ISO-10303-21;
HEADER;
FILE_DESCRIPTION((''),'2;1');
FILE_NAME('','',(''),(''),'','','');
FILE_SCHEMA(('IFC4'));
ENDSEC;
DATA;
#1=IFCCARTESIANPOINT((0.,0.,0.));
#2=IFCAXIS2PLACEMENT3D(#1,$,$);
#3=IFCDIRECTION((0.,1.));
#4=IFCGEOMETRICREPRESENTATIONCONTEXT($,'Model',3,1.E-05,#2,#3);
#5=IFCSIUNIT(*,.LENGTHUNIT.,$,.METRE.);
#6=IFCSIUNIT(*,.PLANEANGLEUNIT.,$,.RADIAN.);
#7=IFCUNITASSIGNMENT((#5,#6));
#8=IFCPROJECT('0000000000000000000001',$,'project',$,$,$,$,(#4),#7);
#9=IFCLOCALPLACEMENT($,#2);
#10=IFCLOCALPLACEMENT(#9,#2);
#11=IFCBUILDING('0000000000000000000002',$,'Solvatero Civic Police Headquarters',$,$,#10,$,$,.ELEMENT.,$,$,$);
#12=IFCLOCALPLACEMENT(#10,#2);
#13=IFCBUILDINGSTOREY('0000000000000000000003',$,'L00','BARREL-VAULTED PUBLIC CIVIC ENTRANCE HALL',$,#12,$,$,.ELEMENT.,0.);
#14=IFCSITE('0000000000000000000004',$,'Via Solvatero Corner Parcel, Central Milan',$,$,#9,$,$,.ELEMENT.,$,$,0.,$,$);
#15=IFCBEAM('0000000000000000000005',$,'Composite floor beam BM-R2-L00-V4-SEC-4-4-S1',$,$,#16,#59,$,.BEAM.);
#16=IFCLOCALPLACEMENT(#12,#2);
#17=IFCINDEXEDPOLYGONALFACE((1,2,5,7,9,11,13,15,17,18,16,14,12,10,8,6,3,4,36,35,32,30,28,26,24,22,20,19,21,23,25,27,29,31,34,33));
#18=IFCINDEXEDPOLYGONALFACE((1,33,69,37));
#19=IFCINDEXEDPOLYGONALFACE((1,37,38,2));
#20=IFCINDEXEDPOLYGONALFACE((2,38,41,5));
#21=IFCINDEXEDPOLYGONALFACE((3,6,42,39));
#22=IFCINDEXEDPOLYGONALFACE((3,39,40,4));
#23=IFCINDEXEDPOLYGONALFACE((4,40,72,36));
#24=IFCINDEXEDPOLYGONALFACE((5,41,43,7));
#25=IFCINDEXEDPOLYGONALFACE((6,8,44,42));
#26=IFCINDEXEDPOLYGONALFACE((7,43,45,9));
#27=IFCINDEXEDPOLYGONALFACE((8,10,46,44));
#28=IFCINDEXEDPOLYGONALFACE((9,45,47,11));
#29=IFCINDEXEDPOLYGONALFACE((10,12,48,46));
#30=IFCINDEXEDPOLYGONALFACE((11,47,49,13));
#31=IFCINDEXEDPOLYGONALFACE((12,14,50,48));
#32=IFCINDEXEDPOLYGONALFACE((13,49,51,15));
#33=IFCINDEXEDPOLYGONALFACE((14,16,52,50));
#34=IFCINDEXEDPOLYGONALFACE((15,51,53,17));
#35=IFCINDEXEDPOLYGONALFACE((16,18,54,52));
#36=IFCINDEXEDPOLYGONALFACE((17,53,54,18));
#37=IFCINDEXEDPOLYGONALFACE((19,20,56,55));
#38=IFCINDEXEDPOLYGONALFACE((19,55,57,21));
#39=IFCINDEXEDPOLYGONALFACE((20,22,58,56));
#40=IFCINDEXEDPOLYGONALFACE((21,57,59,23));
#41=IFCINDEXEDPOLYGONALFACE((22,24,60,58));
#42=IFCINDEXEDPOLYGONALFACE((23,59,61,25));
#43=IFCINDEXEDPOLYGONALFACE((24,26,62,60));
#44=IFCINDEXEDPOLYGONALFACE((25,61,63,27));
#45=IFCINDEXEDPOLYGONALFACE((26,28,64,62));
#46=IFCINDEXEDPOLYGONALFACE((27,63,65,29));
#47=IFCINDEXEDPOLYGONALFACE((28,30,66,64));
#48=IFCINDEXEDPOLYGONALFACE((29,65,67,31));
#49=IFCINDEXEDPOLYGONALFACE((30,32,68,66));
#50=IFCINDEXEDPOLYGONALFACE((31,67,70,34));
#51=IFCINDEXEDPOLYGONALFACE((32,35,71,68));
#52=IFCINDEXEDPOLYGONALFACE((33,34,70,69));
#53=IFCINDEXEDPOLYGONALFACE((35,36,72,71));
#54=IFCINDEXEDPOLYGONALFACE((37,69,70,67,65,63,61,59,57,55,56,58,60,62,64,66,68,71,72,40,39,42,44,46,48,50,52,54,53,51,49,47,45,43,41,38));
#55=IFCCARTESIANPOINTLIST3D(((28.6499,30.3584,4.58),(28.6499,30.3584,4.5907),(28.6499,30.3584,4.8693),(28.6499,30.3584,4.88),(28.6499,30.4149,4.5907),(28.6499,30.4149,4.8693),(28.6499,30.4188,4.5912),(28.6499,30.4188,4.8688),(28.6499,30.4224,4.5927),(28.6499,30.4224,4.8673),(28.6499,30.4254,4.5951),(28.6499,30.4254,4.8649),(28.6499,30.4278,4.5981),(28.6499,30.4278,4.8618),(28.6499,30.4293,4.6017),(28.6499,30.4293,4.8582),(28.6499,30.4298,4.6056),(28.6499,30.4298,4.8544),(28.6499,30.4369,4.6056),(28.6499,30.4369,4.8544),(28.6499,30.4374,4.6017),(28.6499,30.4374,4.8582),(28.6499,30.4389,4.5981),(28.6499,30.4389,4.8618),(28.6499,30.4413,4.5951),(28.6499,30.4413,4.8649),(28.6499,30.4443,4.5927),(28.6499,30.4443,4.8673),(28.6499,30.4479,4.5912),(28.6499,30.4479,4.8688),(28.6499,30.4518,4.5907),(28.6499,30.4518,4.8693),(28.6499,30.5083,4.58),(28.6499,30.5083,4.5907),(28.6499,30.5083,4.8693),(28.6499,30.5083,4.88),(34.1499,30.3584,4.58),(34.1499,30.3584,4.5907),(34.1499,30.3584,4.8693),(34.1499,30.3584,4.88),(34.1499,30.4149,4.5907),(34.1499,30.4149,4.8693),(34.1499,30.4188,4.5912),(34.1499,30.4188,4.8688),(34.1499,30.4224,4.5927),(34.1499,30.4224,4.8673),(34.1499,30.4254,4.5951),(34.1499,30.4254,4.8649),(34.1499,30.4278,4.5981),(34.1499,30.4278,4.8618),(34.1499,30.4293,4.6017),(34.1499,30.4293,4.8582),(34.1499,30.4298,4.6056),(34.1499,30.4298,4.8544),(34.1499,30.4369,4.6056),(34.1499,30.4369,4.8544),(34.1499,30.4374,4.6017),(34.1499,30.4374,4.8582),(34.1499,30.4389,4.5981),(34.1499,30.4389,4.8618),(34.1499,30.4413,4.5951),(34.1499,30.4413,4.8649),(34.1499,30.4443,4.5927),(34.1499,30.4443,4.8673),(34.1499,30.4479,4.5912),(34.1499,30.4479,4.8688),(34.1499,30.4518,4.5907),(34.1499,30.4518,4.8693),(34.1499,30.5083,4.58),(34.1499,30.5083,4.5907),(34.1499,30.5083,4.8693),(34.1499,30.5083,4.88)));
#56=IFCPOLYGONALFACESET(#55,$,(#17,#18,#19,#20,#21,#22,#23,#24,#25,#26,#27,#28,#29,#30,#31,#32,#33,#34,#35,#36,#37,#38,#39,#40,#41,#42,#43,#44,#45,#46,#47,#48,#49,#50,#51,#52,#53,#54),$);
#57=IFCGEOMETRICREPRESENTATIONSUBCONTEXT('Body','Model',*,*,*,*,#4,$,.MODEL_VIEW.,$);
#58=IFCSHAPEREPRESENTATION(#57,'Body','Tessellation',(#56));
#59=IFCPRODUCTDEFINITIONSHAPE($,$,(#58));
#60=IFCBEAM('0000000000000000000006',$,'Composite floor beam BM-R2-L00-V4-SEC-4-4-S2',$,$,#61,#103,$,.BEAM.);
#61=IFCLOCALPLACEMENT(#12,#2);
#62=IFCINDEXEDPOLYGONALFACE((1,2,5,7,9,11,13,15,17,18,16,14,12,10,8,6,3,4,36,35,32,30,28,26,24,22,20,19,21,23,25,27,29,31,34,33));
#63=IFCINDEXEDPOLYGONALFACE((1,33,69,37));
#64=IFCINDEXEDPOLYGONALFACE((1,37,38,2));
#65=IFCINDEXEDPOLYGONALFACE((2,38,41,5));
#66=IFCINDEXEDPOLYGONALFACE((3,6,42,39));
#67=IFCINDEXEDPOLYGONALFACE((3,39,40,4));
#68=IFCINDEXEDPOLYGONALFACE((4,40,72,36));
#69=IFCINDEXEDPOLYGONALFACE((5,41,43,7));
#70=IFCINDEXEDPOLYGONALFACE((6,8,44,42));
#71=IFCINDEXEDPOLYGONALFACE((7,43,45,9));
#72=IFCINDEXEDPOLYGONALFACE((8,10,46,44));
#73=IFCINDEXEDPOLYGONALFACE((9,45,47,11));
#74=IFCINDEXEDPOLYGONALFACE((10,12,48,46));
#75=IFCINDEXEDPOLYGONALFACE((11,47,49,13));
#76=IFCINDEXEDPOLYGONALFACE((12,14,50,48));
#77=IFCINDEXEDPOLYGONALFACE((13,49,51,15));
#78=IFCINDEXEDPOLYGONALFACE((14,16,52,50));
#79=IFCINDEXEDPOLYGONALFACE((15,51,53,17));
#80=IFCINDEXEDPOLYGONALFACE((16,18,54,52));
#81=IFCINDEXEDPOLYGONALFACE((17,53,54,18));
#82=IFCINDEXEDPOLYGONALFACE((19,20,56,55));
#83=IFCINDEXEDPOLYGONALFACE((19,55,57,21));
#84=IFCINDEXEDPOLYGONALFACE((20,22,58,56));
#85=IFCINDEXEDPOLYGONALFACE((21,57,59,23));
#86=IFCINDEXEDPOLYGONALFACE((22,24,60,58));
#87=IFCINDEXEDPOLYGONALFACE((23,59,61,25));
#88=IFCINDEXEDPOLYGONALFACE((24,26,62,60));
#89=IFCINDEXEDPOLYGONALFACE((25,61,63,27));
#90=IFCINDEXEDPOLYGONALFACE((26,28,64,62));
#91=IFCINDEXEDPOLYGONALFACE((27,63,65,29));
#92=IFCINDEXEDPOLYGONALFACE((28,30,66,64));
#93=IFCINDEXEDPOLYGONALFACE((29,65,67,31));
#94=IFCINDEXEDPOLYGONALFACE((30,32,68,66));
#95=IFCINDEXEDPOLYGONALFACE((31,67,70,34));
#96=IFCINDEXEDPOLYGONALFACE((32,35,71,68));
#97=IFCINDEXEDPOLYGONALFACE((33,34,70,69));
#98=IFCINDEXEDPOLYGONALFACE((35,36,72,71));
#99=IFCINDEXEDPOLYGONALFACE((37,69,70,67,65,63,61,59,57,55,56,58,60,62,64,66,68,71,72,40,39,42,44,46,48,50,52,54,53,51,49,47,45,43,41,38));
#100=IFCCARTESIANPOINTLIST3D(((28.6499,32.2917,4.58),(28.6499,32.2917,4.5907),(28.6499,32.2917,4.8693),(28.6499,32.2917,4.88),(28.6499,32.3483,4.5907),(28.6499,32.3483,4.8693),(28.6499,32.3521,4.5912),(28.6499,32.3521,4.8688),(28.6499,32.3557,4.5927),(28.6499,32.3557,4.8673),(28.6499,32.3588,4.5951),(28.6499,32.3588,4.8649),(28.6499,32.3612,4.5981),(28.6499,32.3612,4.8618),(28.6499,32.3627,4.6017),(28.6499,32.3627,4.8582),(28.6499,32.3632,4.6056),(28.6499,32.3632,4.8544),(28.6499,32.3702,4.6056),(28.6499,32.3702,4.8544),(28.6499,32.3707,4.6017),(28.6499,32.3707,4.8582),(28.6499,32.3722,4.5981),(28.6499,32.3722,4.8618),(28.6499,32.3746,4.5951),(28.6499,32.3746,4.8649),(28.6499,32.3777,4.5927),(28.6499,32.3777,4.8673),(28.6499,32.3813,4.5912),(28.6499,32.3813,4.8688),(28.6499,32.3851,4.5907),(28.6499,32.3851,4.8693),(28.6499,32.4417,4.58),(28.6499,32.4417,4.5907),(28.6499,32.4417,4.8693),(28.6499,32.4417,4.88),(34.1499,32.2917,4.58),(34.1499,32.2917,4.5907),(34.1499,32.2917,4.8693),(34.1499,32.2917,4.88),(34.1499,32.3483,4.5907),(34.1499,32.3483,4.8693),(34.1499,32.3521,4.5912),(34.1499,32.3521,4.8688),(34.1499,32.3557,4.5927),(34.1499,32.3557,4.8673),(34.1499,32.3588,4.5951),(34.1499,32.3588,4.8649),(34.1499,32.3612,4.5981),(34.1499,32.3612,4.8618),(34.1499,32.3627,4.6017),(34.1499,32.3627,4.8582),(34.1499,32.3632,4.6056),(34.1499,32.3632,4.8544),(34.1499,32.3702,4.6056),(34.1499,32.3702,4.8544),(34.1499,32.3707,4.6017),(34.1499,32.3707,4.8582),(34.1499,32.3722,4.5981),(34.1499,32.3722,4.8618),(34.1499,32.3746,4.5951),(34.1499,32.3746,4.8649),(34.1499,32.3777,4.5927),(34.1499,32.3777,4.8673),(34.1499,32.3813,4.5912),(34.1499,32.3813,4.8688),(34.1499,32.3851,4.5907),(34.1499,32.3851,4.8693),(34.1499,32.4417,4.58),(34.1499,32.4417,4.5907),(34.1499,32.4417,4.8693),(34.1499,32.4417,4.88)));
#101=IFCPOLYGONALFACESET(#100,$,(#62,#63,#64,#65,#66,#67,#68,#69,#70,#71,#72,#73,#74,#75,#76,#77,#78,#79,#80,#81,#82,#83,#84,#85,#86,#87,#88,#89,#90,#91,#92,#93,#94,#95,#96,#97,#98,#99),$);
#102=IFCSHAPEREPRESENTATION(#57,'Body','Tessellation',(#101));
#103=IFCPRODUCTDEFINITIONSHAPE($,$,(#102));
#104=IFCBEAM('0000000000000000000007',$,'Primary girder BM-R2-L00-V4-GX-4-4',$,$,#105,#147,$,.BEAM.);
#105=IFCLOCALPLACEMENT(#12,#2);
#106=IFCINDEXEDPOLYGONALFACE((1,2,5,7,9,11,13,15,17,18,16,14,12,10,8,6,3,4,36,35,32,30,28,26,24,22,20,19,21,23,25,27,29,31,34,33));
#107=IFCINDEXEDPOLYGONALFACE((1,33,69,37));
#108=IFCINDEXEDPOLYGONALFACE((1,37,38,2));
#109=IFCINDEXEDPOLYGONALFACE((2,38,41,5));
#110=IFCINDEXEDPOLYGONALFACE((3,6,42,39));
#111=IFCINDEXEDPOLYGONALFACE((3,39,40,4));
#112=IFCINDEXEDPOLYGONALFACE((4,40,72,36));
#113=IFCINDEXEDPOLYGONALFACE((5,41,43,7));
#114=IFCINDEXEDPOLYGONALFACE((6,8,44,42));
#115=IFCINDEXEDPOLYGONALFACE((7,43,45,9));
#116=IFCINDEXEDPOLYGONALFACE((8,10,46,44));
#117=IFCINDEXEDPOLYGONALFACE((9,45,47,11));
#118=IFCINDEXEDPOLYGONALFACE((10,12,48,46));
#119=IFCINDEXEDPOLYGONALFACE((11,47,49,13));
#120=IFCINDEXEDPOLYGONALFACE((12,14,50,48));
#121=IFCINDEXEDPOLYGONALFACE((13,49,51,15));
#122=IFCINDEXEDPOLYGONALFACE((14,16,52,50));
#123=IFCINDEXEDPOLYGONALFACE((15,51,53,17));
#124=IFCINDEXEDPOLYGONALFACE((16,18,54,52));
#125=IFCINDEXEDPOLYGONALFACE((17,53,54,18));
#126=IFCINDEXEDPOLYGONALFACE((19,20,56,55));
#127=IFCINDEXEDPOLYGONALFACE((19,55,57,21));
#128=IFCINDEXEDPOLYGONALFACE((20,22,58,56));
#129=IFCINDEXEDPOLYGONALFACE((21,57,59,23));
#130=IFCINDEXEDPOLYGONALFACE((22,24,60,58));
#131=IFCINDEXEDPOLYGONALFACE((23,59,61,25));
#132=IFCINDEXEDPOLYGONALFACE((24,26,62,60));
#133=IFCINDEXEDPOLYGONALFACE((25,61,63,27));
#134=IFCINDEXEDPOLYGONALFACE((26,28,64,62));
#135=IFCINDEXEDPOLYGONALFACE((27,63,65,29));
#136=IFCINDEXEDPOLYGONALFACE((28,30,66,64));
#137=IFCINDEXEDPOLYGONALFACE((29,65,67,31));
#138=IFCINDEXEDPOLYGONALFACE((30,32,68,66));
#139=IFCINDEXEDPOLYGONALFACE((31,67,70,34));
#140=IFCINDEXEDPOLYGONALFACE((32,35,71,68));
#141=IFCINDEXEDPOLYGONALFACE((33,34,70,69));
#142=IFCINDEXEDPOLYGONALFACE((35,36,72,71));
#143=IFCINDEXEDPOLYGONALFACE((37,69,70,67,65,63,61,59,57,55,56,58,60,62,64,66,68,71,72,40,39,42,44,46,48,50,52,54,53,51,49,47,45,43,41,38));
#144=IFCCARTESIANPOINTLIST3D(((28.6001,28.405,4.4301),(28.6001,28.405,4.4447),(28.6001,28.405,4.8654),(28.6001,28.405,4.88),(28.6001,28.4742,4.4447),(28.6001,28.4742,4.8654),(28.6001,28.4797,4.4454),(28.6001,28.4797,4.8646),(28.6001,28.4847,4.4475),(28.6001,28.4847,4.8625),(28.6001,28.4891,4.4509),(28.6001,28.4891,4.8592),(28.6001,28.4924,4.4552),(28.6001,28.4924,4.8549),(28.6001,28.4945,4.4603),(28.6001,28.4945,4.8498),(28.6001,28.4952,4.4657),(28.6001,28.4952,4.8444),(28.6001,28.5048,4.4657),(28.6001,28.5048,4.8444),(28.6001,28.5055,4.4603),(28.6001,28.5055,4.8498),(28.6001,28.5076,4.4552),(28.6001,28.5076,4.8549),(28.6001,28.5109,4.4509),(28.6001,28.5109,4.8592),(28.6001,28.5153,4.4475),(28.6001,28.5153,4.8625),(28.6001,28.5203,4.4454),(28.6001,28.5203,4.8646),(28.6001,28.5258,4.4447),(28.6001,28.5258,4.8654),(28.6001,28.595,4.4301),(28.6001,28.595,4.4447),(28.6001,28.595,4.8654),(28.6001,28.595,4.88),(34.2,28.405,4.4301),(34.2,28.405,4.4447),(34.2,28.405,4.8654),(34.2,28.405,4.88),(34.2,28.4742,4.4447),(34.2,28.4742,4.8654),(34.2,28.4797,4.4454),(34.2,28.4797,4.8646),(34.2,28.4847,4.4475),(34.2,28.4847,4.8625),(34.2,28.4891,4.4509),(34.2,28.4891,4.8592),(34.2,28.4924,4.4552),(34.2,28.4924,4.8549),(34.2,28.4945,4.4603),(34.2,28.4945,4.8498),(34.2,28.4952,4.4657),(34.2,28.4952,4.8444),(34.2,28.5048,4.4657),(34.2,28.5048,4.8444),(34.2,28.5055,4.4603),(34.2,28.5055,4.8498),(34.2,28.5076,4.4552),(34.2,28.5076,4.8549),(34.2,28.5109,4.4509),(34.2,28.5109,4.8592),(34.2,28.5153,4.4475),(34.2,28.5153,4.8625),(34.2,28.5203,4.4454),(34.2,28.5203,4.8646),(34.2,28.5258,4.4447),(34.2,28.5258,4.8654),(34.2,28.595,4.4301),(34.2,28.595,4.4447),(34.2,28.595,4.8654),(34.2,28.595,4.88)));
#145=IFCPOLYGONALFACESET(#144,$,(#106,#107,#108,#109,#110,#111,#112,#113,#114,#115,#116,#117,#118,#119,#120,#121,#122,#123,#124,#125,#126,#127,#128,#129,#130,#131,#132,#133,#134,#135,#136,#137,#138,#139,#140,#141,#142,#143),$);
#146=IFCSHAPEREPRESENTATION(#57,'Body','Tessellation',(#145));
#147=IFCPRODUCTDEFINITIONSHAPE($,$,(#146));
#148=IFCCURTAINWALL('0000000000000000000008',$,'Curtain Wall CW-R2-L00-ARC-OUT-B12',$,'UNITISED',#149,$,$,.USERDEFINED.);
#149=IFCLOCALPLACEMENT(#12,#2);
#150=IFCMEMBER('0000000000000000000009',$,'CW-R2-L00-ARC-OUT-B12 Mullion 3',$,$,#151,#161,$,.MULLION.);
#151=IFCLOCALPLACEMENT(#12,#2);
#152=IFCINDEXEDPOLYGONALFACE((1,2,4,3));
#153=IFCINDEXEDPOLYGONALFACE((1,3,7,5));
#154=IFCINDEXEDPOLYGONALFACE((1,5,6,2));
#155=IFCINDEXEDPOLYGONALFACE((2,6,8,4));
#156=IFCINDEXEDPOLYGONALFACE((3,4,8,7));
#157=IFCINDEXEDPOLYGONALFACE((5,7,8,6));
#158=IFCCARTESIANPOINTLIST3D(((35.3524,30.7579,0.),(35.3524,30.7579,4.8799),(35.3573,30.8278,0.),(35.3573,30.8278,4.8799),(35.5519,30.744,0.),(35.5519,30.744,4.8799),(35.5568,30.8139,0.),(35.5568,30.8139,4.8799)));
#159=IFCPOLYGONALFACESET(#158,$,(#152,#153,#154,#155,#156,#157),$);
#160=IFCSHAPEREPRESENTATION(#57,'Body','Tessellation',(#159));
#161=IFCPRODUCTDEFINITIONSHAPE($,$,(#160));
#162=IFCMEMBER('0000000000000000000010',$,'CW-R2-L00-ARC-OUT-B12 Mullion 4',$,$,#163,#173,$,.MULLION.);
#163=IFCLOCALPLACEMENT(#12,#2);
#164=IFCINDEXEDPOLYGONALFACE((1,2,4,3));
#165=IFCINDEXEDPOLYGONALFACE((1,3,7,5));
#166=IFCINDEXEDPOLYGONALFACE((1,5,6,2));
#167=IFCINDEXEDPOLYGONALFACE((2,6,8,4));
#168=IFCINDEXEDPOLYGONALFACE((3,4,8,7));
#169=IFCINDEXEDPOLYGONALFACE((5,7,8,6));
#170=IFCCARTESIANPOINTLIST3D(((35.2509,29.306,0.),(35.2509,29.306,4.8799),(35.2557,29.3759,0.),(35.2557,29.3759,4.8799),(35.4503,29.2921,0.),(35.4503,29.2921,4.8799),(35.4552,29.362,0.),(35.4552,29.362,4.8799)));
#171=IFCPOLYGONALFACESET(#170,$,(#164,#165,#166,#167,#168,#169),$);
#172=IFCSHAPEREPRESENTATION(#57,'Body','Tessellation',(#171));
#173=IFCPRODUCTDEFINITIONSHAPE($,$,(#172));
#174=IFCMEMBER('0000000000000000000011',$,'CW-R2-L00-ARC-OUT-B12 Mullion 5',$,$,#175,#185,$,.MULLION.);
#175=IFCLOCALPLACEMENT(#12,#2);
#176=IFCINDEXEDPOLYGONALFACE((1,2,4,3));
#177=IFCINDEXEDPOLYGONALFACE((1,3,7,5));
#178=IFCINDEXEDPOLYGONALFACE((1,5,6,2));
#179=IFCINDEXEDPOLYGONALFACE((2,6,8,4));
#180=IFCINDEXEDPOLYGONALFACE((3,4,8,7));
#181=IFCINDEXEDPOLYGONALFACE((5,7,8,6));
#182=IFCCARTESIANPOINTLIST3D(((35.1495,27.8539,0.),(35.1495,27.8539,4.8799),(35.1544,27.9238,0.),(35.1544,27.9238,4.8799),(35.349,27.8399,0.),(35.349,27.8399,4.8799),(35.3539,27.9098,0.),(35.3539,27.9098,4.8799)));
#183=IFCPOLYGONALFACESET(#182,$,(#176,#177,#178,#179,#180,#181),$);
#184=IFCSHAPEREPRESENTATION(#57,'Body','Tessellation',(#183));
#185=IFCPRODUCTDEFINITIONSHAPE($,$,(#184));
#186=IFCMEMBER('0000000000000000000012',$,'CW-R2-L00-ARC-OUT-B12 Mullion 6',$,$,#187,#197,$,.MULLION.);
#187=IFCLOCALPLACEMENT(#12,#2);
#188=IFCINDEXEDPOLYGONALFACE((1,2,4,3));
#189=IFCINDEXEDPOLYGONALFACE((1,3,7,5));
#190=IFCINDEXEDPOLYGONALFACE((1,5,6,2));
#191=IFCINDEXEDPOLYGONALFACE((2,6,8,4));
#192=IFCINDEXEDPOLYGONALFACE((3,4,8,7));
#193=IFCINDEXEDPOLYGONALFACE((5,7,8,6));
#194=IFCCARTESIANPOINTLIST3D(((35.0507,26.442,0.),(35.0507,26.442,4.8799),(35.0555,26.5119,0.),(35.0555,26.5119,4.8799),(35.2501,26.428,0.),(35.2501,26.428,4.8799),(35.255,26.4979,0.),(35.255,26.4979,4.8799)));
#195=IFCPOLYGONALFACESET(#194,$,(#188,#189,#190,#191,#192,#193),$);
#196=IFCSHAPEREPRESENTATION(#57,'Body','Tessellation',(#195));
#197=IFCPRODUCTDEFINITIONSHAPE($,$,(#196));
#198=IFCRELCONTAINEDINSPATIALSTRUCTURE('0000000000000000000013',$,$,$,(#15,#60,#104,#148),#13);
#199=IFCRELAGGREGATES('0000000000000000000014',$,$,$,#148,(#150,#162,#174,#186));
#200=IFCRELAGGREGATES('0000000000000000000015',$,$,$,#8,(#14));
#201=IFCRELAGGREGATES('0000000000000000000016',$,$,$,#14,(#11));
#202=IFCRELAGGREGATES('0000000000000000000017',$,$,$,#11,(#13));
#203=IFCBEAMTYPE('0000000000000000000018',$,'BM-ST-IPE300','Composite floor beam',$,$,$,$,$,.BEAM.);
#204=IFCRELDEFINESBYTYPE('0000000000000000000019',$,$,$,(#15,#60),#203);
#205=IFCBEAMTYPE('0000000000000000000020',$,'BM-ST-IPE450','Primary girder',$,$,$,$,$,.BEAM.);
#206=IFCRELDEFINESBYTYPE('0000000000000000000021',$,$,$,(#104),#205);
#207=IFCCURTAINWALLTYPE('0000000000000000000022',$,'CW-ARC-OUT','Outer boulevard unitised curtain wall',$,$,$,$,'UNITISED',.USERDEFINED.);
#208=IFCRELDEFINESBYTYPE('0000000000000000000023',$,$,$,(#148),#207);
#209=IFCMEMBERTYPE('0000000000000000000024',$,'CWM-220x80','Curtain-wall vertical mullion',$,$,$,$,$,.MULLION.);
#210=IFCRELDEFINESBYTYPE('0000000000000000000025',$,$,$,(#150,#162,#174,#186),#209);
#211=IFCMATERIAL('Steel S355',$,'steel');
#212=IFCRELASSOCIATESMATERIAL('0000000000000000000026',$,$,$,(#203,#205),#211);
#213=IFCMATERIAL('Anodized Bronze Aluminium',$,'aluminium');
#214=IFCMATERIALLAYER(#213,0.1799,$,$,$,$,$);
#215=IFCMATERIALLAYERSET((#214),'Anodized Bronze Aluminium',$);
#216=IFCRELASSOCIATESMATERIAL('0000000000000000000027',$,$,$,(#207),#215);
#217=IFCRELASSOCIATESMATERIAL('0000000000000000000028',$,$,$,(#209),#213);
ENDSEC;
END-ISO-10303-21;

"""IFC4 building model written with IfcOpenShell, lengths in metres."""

from ifc_helpers import new_model, si_unit, direction, frame, origin, origin_2d, place, context, subcontext, project, spatial, rectangle, i_section, extrude, material, layer, layer_set, material_profile, profile_set, type_object, element, aggregate, save


model = new_model("IFC4")

# Units and contexts
model_context = context("Model", 3, precision=1e-05, world=origin(), true_north=direction((0.0, 1.0)))
body_context = subcontext(model_context, "Body", "Model", "MODEL_VIEW")
ifc_project = project(units=[si_unit("LENGTHUNIT", "METRE"), si_unit("PLANEANGLEUNIT", "RADIAN")], contexts=[model_context])

# Site, building, storey
site_placement = place(None, origin())
site = spatial("IfcSite", under=ifc_project, at=site_placement, Name="Via Solvatero Corner Parcel, Central Milan", CompositionType="ELEMENT", RefElevation=0.0)
building_placement = place(site_placement, origin())
building = spatial("IfcBuilding", under=site, at=building_placement, Name="Solvatero Civic Police Headquarters", CompositionType="ELEMENT")
storey_placement = place(building_placement, origin())
storey = spatial("IfcBuildingStorey", under=building, at=storey_placement, Name="L00", Description="BARREL-VAULTED PUBLIC CIVIC ENTRANCE HALL", CompositionType="ELEMENT", Elevation=0.0)

# Beams
ifc_material_1 = material(Name="Steel S355", Category="steel")
ifc_material_profile_1 = material_profile(ifc_material_1, i_section(OverallWidth=0.1499, OverallDepth=0.3, WebThickness=0.0071, FlangeThickness=0.0107, FilletRadius=0.0149, at=origin_2d()), Name="IPE 300")
ifc_profile_set_1 = profile_set([ifc_material_profile_1], Name="Steel S355")
beam_type_1 = type_object("IfcBeamType", Name="BM-ST-IPE300", Description="Composite floor beam", PredefinedType="BEAM", material=ifc_profile_set_1)
for number, where, z_axis, x_axis, name in (
    (1, (28.6499, 30.4333, 4.73), (1.0, 0.0, 0.0), (0.0, 1.0, 0.0), "Composite floor beam BM-R2-L00-V4-SEC-4-4-S1"),
    (2, (28.6499, 32.3667, 4.73), (1.0, 0.0, 0.0), (0.0, 1.0, 0.0), "Composite floor beam BM-R2-L00-V4-SEC-4-4-S2"),
):
    element("IfcBeam", number, at=place(storey_placement, frame(where, z_axis=z_axis, x_axis=x_axis)), inside=storey, type_object=beam_type_1, Name=name, PredefinedType="BEAM", context=body_context, shape_type="SweptSolid", body=[
        extrude(i_section(OverallWidth=0.1499, OverallDepth=0.3, WebThickness=0.0071, FlangeThickness=0.0107, FilletRadius=0.0149, at=origin_2d()), origin(), (0.0, 0.0, 1.0), 5.5),
    ])
ifc_material_profile_2 = material_profile(ifc_material_1, i_section(OverallWidth=0.1899, OverallDepth=0.45, WebThickness=0.0095, FlangeThickness=0.0146, FilletRadius=0.021, at=origin_2d()), Name="IPE 450")
ifc_profile_set_2 = profile_set([ifc_material_profile_2], Name="Steel S355")
beam_type_2 = type_object("IfcBeamType", Name="BM-ST-IPE450", Description="Primary girder", PredefinedType="BEAM", material=ifc_profile_set_2)
beam_1_placement = place(storey_placement, frame((28.6001, 28.5, 4.655), z_axis=(1.0, 0.0, 0.0), x_axis=(0.0, 1.0, 0.0)))
element("IfcBeam", 3, at=beam_1_placement, inside=storey, type_object=beam_type_2, Name="Primary girder BM-R2-L00-V4-GX-4-4", PredefinedType="BEAM", context=body_context, shape_type="SweptSolid", body=[
    extrude(i_section(OverallWidth=0.1899, OverallDepth=0.45, WebThickness=0.0095, FlangeThickness=0.0146, FilletRadius=0.021, at=origin_2d()), origin(), (0.0, 0.0, 1.0), 5.5999),
])

# Curtain wall, members
ifc_material_2 = material(Name="Anodized Bronze Aluminium", Category="aluminium")
ifc_layer_1 = layer(ifc_material_2, 0.1799)
ifc_layer_set_1 = layer_set([ifc_layer_1], Name="Anodized Bronze Aluminium")
curtain_wall_type = type_object("IfcCurtainWallType", Name="CW-ARC-OUT", Description="Outer boulevard unitised curtain wall", ElementType="UNITISED", PredefinedType="USERDEFINED", material=ifc_layer_set_1)
curtain_wall_placement = place(storey_placement, origin())
curtain_wall = element("IfcCurtainWall", 4, at=curtain_wall_placement, inside=storey, type_object=curtain_wall_type, Name="Curtain Wall CW-R2-L00-ARC-OUT-B12", ObjectType="UNITISED", PredefinedType="USERDEFINED")
ifc_material_profile_3 = material_profile(ifc_material_2, rectangle(XDim=0.0701, YDim=0.2, at=origin_2d()), Name="ALU MULLION 70x200")
ifc_profile_set_3 = profile_set([ifc_material_profile_3], Name="Anodized Bronze Aluminium")
member_type = type_object("IfcMemberType", Name="CWM-220x80", Description="Curtain-wall vertical mullion", PredefinedType="MULLION", material=ifc_profile_set_3)
member_1_placement = place(storey_placement, frame((35.4546, 30.7859, 0.0), z_axis=(0.0, 0.0, 1.0), x_axis=(-0.069756, -0.997564, 0.0)))
member_1 = element("IfcMember", 5, at=member_1_placement, type_object=member_type, Name="CW-R2-L00-ARC-OUT-B12 Mullion 3", PredefinedType="MULLION", context=body_context, shape_type="SweptSolid", body=[
    extrude(rectangle(XDim=0.0701, YDim=0.2, at=origin_2d()), origin(), (0.0, 0.0, 1.0), 4.8799),
])
member_2_placement = place(storey_placement, frame((35.353, 29.334, 0.0), z_axis=(0.0, 0.0, 1.0), x_axis=(-0.069756, -0.997564, 0.0)))
member_2 = element("IfcMember", 6, at=member_2_placement, type_object=member_type, Name="CW-R2-L00-ARC-OUT-B12 Mullion 4", PredefinedType="MULLION", context=body_context, shape_type="SweptSolid", body=[
    extrude(rectangle(XDim=0.0701, YDim=0.2, at=origin_2d()), origin(), (0.0, 0.0, 1.0), 4.8799),
])
member_3_placement = place(storey_placement, frame((35.2517, 27.8818, 0.0), z_axis=(0.0, 0.0, 1.0), x_axis=(-0.069756, -0.997564, 0.0)))
member_3 = element("IfcMember", 7, at=member_3_placement, type_object=member_type, Name="CW-R2-L00-ARC-OUT-B12 Mullion 5", PredefinedType="MULLION", context=body_context, shape_type="SweptSolid", body=[
    extrude(rectangle(XDim=0.0701, YDim=0.2, at=origin_2d()), origin(), (0.0, 0.0, 1.0), 4.8799),
])
member_4_placement = place(storey_placement, frame((35.1528, 26.47, 0.0), z_axis=(0.0, 0.0, 1.0), x_axis=(-0.069756, -0.997564, 0.0)))
member_4 = element("IfcMember", 8, at=member_4_placement, type_object=member_type, Name="CW-R2-L00-ARC-OUT-B12 Mullion 6", PredefinedType="MULLION", context=body_context, shape_type="SweptSolid", body=[
    extrude(rectangle(XDim=0.0701, YDim=0.2, at=origin_2d()), origin(), (0.0, 0.0, 1.0), 4.8799),
])
aggregate(curtain_wall, [member_1, member_2, member_3, member_4])

save(model, "model.ifc")
